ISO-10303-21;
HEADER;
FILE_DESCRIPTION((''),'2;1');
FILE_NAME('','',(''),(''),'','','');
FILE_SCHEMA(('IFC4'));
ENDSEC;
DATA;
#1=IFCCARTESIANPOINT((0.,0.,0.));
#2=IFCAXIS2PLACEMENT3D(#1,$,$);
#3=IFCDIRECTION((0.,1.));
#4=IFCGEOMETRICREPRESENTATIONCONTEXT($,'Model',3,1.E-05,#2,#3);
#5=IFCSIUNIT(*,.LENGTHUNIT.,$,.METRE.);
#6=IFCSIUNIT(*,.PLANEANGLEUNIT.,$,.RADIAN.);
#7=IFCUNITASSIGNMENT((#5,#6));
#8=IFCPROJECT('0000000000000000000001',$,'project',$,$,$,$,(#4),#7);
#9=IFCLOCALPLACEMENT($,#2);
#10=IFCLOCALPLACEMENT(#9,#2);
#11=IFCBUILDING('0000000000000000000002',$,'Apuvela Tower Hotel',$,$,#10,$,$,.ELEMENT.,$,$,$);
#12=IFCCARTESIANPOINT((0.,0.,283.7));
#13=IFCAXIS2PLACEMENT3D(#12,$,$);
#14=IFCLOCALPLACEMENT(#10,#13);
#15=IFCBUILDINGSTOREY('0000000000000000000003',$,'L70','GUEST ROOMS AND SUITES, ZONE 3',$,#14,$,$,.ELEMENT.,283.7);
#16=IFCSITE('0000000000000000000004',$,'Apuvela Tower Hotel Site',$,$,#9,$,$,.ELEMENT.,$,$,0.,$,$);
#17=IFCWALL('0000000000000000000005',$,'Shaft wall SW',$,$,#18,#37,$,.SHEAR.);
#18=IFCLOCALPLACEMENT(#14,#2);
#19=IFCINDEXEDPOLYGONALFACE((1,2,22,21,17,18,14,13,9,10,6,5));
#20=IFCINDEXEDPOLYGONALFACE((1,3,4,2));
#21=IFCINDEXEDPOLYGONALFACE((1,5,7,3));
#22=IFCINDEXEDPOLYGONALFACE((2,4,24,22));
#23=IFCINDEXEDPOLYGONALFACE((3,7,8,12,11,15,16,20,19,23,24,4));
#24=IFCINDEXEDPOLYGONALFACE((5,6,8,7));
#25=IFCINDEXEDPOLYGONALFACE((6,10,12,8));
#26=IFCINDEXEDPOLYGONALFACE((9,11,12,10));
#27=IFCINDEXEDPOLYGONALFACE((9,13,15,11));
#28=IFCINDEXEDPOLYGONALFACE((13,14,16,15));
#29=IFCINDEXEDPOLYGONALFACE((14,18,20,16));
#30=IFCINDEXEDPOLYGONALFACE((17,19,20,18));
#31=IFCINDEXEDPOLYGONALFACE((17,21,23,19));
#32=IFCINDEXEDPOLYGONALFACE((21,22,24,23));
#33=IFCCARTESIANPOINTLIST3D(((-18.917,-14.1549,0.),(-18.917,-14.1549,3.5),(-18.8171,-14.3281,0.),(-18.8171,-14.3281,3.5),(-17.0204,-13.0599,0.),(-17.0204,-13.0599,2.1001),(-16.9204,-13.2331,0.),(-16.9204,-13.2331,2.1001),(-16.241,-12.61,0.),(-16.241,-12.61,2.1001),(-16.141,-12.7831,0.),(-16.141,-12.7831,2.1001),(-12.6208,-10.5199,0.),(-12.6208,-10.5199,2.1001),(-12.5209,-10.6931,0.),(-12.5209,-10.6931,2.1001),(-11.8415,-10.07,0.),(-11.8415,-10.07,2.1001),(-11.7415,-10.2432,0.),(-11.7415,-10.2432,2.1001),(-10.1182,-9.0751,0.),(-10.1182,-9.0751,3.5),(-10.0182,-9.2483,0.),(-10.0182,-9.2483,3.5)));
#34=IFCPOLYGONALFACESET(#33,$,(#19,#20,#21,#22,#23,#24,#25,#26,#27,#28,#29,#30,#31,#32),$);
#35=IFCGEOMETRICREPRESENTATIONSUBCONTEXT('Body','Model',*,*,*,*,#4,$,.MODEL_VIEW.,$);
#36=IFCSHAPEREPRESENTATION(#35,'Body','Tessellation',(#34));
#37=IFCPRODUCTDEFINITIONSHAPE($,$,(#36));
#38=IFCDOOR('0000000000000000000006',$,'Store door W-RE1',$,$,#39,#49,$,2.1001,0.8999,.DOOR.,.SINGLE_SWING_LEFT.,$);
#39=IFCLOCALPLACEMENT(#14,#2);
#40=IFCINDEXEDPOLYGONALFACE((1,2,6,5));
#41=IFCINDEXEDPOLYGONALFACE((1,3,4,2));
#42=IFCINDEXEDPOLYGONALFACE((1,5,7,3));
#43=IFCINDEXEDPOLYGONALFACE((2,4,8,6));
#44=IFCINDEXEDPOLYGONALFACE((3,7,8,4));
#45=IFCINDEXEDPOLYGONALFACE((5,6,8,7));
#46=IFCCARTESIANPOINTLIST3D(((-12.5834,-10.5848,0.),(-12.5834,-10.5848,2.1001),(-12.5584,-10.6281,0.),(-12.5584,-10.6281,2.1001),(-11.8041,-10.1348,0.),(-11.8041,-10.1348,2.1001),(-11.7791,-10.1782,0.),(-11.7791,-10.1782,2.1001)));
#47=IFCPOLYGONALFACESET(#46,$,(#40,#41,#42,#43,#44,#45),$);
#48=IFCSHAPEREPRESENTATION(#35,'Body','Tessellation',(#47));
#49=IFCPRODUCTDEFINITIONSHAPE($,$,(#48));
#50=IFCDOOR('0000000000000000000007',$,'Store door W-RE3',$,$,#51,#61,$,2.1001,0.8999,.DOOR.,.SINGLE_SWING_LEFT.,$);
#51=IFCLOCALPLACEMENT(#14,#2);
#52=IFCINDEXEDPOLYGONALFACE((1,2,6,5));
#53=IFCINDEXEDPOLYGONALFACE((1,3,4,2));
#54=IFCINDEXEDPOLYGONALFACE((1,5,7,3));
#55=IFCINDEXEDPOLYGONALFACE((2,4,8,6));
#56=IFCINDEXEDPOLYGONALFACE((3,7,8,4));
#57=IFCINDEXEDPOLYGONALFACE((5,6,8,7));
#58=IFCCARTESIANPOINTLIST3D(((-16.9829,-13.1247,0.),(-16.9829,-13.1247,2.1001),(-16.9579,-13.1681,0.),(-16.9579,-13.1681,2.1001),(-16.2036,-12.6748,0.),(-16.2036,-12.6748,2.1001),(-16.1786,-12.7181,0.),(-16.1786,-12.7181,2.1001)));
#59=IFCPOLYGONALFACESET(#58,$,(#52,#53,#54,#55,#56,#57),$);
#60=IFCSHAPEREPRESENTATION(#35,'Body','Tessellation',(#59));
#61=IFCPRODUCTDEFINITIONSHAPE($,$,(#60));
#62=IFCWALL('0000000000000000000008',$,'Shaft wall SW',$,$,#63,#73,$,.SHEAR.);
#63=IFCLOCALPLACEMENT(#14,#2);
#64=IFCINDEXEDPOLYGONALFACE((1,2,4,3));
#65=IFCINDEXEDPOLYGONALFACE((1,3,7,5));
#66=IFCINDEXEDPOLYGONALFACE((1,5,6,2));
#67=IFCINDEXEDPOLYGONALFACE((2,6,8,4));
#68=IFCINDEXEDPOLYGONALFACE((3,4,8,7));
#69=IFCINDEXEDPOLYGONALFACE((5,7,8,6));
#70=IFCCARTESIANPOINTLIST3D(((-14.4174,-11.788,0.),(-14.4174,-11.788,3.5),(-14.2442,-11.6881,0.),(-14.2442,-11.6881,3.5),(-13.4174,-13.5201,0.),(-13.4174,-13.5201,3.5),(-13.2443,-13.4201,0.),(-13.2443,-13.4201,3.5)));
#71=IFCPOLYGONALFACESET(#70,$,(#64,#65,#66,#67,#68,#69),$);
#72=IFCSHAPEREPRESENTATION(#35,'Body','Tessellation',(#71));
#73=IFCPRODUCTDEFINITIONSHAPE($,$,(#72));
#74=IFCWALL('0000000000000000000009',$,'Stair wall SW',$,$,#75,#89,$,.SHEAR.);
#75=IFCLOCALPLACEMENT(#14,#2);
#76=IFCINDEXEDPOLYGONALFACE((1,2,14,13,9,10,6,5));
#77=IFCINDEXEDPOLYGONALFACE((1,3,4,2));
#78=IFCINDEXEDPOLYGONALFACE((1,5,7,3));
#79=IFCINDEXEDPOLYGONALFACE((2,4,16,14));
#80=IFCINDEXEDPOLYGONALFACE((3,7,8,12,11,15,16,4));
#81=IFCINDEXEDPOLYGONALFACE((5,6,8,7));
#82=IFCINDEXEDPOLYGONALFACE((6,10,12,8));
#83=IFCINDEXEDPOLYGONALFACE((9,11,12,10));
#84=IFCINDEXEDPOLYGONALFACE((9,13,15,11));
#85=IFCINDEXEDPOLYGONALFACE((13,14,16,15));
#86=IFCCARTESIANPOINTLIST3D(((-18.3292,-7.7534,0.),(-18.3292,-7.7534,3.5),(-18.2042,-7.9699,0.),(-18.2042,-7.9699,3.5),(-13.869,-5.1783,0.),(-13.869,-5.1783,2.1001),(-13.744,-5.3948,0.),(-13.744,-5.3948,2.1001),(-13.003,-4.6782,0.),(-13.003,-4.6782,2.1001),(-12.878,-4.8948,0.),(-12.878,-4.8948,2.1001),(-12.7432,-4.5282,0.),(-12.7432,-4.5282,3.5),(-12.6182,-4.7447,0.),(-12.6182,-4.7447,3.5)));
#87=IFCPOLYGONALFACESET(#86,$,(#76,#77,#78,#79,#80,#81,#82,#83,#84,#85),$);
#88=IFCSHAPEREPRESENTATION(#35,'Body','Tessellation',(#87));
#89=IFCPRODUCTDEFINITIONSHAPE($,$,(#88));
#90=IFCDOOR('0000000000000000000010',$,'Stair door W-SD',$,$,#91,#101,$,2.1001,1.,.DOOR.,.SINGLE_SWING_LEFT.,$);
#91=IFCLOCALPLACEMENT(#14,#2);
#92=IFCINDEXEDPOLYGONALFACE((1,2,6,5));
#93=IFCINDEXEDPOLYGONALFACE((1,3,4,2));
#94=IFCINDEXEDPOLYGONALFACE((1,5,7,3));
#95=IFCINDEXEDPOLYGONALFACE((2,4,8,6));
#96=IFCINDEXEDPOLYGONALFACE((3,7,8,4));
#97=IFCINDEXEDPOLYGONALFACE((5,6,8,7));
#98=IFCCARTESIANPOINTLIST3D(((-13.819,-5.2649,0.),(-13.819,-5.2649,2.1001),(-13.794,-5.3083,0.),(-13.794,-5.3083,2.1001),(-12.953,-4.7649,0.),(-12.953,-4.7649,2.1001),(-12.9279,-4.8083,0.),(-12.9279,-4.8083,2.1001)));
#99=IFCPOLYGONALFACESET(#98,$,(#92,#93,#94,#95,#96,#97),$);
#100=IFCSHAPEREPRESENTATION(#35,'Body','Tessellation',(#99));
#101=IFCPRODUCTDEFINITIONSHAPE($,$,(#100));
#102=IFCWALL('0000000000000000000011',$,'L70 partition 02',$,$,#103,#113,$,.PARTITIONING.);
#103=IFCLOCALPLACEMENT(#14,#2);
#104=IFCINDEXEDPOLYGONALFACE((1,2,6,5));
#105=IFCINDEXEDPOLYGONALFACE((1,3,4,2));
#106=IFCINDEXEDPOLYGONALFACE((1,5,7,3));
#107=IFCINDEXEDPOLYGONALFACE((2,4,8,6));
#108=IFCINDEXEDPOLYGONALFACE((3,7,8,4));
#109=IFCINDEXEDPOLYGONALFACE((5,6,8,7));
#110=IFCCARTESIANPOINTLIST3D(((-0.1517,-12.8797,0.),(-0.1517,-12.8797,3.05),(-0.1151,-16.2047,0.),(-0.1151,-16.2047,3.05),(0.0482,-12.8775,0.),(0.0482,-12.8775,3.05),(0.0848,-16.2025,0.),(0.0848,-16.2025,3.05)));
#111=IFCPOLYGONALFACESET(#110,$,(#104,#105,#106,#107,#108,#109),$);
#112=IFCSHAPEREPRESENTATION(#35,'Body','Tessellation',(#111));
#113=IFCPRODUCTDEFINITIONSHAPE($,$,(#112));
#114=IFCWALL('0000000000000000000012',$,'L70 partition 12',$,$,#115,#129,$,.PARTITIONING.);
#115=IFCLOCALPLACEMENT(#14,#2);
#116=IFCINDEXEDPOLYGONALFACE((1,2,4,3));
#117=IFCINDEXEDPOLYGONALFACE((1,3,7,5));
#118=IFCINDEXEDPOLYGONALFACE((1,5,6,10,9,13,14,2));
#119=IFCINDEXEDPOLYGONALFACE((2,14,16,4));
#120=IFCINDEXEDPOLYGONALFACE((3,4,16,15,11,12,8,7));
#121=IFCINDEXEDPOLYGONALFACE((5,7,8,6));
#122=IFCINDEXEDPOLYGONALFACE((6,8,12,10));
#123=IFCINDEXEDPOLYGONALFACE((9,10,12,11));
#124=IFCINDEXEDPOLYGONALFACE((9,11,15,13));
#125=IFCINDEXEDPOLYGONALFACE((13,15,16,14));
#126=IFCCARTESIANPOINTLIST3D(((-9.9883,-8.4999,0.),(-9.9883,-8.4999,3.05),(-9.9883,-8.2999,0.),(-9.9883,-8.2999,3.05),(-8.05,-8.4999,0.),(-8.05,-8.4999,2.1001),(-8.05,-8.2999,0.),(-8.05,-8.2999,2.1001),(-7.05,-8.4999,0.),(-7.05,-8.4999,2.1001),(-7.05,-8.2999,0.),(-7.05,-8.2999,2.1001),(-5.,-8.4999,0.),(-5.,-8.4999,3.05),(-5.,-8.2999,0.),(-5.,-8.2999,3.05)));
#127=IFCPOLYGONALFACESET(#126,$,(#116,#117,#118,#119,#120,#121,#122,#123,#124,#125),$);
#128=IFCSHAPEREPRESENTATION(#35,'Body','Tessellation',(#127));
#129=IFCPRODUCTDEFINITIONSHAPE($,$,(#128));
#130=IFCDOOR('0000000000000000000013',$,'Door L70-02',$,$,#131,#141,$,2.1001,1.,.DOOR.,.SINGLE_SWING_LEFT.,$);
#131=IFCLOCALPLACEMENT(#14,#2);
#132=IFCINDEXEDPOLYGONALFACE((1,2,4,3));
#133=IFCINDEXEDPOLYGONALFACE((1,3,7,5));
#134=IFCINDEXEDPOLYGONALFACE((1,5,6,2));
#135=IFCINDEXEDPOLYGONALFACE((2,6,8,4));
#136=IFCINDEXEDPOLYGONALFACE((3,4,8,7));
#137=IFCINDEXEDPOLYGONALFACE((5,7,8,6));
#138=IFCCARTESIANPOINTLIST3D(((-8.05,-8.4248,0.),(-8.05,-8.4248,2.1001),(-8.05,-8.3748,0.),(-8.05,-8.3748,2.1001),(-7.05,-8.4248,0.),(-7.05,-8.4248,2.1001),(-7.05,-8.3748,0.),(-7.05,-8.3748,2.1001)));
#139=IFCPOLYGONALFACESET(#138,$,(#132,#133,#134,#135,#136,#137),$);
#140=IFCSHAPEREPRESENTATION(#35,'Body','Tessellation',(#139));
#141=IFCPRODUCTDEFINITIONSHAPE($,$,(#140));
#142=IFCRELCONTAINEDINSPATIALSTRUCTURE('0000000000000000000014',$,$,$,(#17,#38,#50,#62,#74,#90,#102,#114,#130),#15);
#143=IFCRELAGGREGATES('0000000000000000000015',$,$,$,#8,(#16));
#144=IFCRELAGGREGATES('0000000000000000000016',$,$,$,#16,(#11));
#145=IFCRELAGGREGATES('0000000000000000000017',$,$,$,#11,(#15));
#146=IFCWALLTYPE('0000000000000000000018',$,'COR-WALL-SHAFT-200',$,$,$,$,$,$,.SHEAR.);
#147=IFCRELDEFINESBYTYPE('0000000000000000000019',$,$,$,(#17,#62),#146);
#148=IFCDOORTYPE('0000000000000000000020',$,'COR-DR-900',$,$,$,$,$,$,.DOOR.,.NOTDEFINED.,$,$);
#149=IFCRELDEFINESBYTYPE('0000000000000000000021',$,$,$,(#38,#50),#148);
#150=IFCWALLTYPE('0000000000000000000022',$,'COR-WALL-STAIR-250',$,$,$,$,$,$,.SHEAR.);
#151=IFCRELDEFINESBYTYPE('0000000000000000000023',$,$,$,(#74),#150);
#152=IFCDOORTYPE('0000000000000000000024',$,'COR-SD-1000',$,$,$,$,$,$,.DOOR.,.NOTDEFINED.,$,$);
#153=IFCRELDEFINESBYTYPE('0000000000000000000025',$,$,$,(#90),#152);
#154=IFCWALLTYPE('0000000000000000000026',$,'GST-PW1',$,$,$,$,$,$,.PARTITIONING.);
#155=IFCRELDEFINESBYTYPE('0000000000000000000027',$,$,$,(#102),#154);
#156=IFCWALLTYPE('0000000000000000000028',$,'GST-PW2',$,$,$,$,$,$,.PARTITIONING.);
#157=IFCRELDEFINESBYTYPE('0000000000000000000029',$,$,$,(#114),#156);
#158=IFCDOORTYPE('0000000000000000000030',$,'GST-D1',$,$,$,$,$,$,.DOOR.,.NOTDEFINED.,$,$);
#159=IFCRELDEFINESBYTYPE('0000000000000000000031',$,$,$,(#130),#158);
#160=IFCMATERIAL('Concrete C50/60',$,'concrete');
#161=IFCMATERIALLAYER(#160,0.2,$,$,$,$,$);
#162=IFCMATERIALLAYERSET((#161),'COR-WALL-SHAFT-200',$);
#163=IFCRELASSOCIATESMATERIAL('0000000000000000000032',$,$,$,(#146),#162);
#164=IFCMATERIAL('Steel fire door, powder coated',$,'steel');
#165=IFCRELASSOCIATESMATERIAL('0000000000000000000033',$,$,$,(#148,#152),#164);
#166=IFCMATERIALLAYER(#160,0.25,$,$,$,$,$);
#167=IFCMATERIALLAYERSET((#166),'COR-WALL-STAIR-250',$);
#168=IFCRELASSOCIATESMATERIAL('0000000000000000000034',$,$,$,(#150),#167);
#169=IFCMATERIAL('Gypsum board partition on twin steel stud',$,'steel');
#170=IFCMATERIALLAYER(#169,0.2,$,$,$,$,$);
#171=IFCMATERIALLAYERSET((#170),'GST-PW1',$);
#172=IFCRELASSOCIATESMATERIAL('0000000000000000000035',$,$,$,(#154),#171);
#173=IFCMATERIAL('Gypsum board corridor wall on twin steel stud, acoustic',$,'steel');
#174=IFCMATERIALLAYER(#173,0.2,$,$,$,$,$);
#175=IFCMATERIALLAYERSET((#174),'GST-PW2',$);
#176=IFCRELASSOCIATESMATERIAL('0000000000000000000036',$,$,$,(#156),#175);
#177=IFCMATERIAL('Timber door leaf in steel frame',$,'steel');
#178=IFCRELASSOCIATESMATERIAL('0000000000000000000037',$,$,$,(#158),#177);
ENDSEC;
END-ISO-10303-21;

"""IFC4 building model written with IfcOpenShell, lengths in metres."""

from ifc_helpers import new_model, si_unit, direction, frame, frame_2d, origin, place, context, subcontext, project, spatial, rectangle, extrude, material, layer, layer_set, type_object, element, fill, save


model = new_model("IFC4")

# Units and contexts
model_context = context("Model", 3, precision=1e-05, world=origin(), true_north=direction((0.0, 1.0)))
body_context = subcontext(model_context, "Body", "Model", "MODEL_VIEW")
ifc_project = project(units=[si_unit("LENGTHUNIT", "METRE"), si_unit("PLANEANGLEUNIT", "RADIAN")], contexts=[model_context])

# Site, building, storey
site_placement = place(None, origin())
site = spatial("IfcSite", under=ifc_project, at=site_placement, Name="Apuvela Tower Hotel Site", CompositionType="ELEMENT", RefElevation=0.0)
building_placement = place(site_placement, origin())
building = spatial("IfcBuilding", under=site, at=building_placement, Name="Apuvela Tower Hotel", CompositionType="ELEMENT")
storey_placement = place(building_placement, frame((0.0, 0.0, 283.7)))
storey = spatial("IfcBuildingStorey", under=building, at=storey_placement, Name="L70", Description="GUEST ROOMS AND SUITES, ZONE 3", CompositionType="ELEMENT", Elevation=283.7)

# Shared definitions
ifc_material_1 = material(Name="Concrete C50/60", Category="concrete")
ifc_material_2 = material(Name="Steel fire door, powder coated", Category="steel")

# Shared definitions
ifc_layer_1 = layer(ifc_material_1, 0.2)
ifc_layer_set_1 = layer_set([ifc_layer_1], Name="COR-WALL-SHAFT-200")
wall_type_1 = type_object("IfcWallType", Name="COR-WALL-SHAFT-200", PredefinedType="SHEAR", material=ifc_layer_set_1)

# Wall, openings, doors
wall_1_placement = place(storey_placement, frame((-10.0681, -9.1616, 0.0), z_axis=(0.0, 0.0, 1.0), x_axis=(-0.866033, -0.499987, 0.0)))
wall_1 = element("IfcWall", 1, at=wall_1_placement, inside=storey, type_object=wall_type_1, Name="Shaft wall SW", PredefinedType="SHEAR", context=body_context, shape_type="SweptSolid", body=[
    extrude(rectangle(XDim=10.1599, YDim=0.2, at=frame_2d((5.0801, 0.0))), origin(), (0.0, 0.0, 1.0), 3.5),
])
opening_1_placement = place(wall_1_placement, frame((1.99, 0.0, 0.0)))
opening_1 = element("IfcOpeningElement", 2, at=opening_1_placement, cuts=wall_1, PredefinedType="OPENING", context=body_context, shape_type="SweptSolid", body=[
    extrude(rectangle(XDim=0.8999, YDim=2.1001, at=frame_2d((0.45, 1.05))), frame((0.0, 0.1099, 0.0), z_axis=(0.0, -1.0, 0.0), x_axis=(1.0, 0.0, 0.0)), (0.0, 0.0, 1.0), 0.22),
])
opening_2_placement = place(wall_1_placement, frame((7.0701, 0.0, 0.0)))
opening_2 = element("IfcOpeningElement", 3, at=opening_2_placement, cuts=wall_1, PredefinedType="OPENING", context=body_context, shape_type="SweptSolid", body=[
    extrude(rectangle(XDim=0.8999, YDim=2.1001, at=frame_2d((0.45, 1.05))), frame((0.0, 0.1099, 0.0), z_axis=(0.0, -1.0, 0.0), x_axis=(1.0, 0.0, 0.0)), (0.0, 0.0, 1.0), 0.22),
])
door_type_1 = type_object("IfcDoorType", Name="COR-DR-900", OperationType="NOTDEFINED", PredefinedType="DOOR", material=ifc_material_2)
door_1_placement = place(opening_1_placement, origin())
door_1 = element("IfcDoor", 4, at=door_1_placement, inside=storey, type_object=door_type_1, Name="Store door W-RE1", OperationType="SINGLE_SWING_LEFT", OverallHeight=2.1001, OverallWidth=0.8999, PredefinedType="DOOR", context=body_context, shape_type="SweptSolid", body=[
    extrude(rectangle(XDim=0.8999, YDim=2.1001, at=frame_2d((0.45, 1.05))), frame((0.0, 0.0249, 0.0), z_axis=(0.0, -1.0, 0.0), x_axis=(1.0, 0.0, 0.0)), (0.0, 0.0, 1.0), 0.05),
])
fill(opening_1, door_1)
door_2_placement = place(opening_2_placement, origin())
door_2 = element("IfcDoor", 5, at=door_2_placement, inside=storey, type_object=door_type_1, Name="Store door W-RE3", OperationType="SINGLE_SWING_LEFT", OverallHeight=2.1001, OverallWidth=0.8999, PredefinedType="DOOR", context=body_context, shape_type="SweptSolid", body=[
    extrude(rectangle(XDim=0.8999, YDim=2.1001, at=frame_2d((0.45, 1.05))), frame((0.0, 0.0249, 0.0), z_axis=(0.0, -1.0, 0.0), x_axis=(1.0, 0.0, 0.0)), (0.0, 0.0, 1.0), 0.05),
])
fill(opening_2, door_2)

# Wall
wall_2_placement = place(storey_placement, frame((-14.3308, -11.738, 0.0), z_axis=(0.0, 0.0, 1.0), x_axis=(0.499973, -0.866041, 0.0)))
element("IfcWall", 6, at=wall_2_placement, inside=storey, type_object=wall_type_1, Name="Shaft wall SW", PredefinedType="SHEAR", context=body_context, shape_type="SweptSolid", body=[
    extrude(rectangle(XDim=2.0, YDim=0.2, at=frame_2d((1.0, 0.0))), origin(), (0.0, 0.0, 1.0), 3.5),
])

# Wall, opening, door
ifc_layer_2 = layer(ifc_material_1, 0.25)
ifc_layer_set_2 = layer_set([ifc_layer_2], Name="COR-WALL-STAIR-250")
wall_type_2 = type_object("IfcWallType", Name="COR-WALL-STAIR-250", PredefinedType="SHEAR", material=ifc_layer_set_2)
wall_3_placement = place(storey_placement, frame((-12.6807, -4.6365, 0.0), z_axis=(0.0, 0.0, 1.0), x_axis=(-0.866022, -0.500006, 0.0)))
wall_3 = element("IfcWall", 7, at=wall_3_placement, inside=storey, type_object=wall_type_2, Name="Stair wall SW", PredefinedType="SHEAR", context=body_context, shape_type="SweptSolid", body=[
    extrude(rectangle(XDim=6.4502, YDim=0.25, at=frame_2d((3.2251, 0.0))), origin(), (0.0, 0.0, 1.0), 3.5),
])
opening_3_placement = place(wall_3_placement, frame((0.3, 0.0, 0.0)))
opening_3 = element("IfcOpeningElement", 8, at=opening_3_placement, cuts=wall_3, PredefinedType="OPENING", context=body_context, shape_type="SweptSolid", body=[
    extrude(rectangle(XDim=1.0, YDim=2.1001, at=frame_2d((0.5, 1.05))), frame((0.0, 0.135, 0.0), z_axis=(0.0, -1.0, 0.0), x_axis=(1.0, 0.0, 0.0)), (0.0, 0.0, 1.0), 0.27),
])
door_type_2 = type_object("IfcDoorType", Name="COR-SD-1000", OperationType="NOTDEFINED", PredefinedType="DOOR", material=ifc_material_2)
door_3_placement = place(opening_3_placement, frame((1.0, 0.0, 0.0), z_axis=(0.0, 0.0, 1.0), x_axis=(-1.0, 0.0, 0.0)))
door_3 = element("IfcDoor", 9, at=door_3_placement, inside=storey, type_object=door_type_2, Name="Stair door W-SD", OperationType="SINGLE_SWING_LEFT", OverallHeight=2.1001, OverallWidth=1.0, PredefinedType="DOOR", context=body_context, shape_type="SweptSolid", body=[
    extrude(rectangle(XDim=1.0, YDim=2.1001, at=frame_2d((0.5, 1.05))), frame((0.0, 0.0249, 0.0), z_axis=(0.0, -1.0, 0.0), x_axis=(1.0, 0.0, 0.0)), (0.0, 0.0, 1.0), 0.05),
])
fill(opening_3, door_3)

# Wall
ifc_material_3 = material(Name="Gypsum board partition on twin steel stud", Category="steel")
ifc_layer_3 = layer(ifc_material_3, 0.2)
ifc_layer_set_3 = layer_set([ifc_layer_3], Name="GST-PW1")
wall_type_3 = type_object("IfcWallType", Name="GST-PW1", PredefinedType="PARTITIONING", material=ifc_layer_set_3)
wall_4_placement = place(storey_placement, frame((-0.0151, -16.2036, 0.0), z_axis=(0.0, 0.0, 1.0), x_axis=(-0.011013, 0.999939, 0.0)))
element("IfcWall", 10, at=wall_4_placement, inside=storey, type_object=wall_type_3, Name="L70 partition 02", PredefinedType="PARTITIONING", context=body_context, shape_type="SweptSolid", body=[
    extrude(rectangle(XDim=3.3252, YDim=0.2, at=frame_2d((1.6626, 0.0))), origin(), (0.0, 0.0, 1.0), 3.05),
])

# Wall, opening, door
ifc_material_4 = material(Name="Gypsum board corridor wall on twin steel stud, acoustic", Category="steel")
ifc_layer_4 = layer(ifc_material_4, 0.2)
ifc_layer_set_4 = layer_set([ifc_layer_4], Name="GST-PW2")
wall_type_4 = type_object("IfcWallType", Name="GST-PW2", PredefinedType="PARTITIONING", material=ifc_layer_set_4)
wall_5_placement = place(storey_placement, frame((-5.0, -8.3999, 0.0), z_axis=(0.0, 0.0, 1.0), x_axis=(-1.0, 0.0, 0.0)))
wall_5 = element("IfcWall", 11, at=wall_5_placement, inside=storey, type_object=wall_type_4, Name="L70 partition 12", PredefinedType="PARTITIONING", context=body_context, shape_type="SweptSolid", body=[
    extrude(rectangle(XDim=4.9883, YDim=0.2, at=frame_2d((2.4941, 0.0))), origin(), (0.0, 0.0, 1.0), 3.05),
])
opening_4_placement = place(wall_5_placement, frame((2.05, 0.0, 0.0)))
opening_4 = element("IfcOpeningElement", 12, at=opening_4_placement, cuts=wall_5, PredefinedType="OPENING", context=body_context, shape_type="SweptSolid", body=[
    extrude(rectangle(XDim=1.0, YDim=2.1001, at=frame_2d((0.5, 1.05))), frame((0.0, 0.1099, 0.0), z_axis=(0.0, -1.0, 0.0), x_axis=(1.0, 0.0, 0.0)), (0.0, 0.0, 1.0), 0.22),
])
ifc_material_5 = material(Name="Timber door leaf in steel frame", Category="steel")
door_type_3 = type_object("IfcDoorType", Name="GST-D1", OperationType="NOTDEFINED", PredefinedType="DOOR", material=ifc_material_5)
door_4_placement = place(opening_4_placement, origin())
door_4 = element("IfcDoor", 13, at=door_4_placement, inside=storey, type_object=door_type_3, Name="Door L70-02", OperationType="SINGLE_SWING_LEFT", OverallHeight=2.1001, OverallWidth=1.0, PredefinedType="DOOR", context=body_context, shape_type="SweptSolid", body=[
    extrude(rectangle(XDim=1.0, YDim=2.1001, at=frame_2d((0.5, 1.05))), frame((0.0, 0.0249, 0.0), z_axis=(0.0, -1.0, 0.0), x_axis=(1.0, 0.0, 0.0)), (0.0, 0.0, 1.0), 0.05),
])
fill(opening_4, door_4)

save(model, "model.ifc")
